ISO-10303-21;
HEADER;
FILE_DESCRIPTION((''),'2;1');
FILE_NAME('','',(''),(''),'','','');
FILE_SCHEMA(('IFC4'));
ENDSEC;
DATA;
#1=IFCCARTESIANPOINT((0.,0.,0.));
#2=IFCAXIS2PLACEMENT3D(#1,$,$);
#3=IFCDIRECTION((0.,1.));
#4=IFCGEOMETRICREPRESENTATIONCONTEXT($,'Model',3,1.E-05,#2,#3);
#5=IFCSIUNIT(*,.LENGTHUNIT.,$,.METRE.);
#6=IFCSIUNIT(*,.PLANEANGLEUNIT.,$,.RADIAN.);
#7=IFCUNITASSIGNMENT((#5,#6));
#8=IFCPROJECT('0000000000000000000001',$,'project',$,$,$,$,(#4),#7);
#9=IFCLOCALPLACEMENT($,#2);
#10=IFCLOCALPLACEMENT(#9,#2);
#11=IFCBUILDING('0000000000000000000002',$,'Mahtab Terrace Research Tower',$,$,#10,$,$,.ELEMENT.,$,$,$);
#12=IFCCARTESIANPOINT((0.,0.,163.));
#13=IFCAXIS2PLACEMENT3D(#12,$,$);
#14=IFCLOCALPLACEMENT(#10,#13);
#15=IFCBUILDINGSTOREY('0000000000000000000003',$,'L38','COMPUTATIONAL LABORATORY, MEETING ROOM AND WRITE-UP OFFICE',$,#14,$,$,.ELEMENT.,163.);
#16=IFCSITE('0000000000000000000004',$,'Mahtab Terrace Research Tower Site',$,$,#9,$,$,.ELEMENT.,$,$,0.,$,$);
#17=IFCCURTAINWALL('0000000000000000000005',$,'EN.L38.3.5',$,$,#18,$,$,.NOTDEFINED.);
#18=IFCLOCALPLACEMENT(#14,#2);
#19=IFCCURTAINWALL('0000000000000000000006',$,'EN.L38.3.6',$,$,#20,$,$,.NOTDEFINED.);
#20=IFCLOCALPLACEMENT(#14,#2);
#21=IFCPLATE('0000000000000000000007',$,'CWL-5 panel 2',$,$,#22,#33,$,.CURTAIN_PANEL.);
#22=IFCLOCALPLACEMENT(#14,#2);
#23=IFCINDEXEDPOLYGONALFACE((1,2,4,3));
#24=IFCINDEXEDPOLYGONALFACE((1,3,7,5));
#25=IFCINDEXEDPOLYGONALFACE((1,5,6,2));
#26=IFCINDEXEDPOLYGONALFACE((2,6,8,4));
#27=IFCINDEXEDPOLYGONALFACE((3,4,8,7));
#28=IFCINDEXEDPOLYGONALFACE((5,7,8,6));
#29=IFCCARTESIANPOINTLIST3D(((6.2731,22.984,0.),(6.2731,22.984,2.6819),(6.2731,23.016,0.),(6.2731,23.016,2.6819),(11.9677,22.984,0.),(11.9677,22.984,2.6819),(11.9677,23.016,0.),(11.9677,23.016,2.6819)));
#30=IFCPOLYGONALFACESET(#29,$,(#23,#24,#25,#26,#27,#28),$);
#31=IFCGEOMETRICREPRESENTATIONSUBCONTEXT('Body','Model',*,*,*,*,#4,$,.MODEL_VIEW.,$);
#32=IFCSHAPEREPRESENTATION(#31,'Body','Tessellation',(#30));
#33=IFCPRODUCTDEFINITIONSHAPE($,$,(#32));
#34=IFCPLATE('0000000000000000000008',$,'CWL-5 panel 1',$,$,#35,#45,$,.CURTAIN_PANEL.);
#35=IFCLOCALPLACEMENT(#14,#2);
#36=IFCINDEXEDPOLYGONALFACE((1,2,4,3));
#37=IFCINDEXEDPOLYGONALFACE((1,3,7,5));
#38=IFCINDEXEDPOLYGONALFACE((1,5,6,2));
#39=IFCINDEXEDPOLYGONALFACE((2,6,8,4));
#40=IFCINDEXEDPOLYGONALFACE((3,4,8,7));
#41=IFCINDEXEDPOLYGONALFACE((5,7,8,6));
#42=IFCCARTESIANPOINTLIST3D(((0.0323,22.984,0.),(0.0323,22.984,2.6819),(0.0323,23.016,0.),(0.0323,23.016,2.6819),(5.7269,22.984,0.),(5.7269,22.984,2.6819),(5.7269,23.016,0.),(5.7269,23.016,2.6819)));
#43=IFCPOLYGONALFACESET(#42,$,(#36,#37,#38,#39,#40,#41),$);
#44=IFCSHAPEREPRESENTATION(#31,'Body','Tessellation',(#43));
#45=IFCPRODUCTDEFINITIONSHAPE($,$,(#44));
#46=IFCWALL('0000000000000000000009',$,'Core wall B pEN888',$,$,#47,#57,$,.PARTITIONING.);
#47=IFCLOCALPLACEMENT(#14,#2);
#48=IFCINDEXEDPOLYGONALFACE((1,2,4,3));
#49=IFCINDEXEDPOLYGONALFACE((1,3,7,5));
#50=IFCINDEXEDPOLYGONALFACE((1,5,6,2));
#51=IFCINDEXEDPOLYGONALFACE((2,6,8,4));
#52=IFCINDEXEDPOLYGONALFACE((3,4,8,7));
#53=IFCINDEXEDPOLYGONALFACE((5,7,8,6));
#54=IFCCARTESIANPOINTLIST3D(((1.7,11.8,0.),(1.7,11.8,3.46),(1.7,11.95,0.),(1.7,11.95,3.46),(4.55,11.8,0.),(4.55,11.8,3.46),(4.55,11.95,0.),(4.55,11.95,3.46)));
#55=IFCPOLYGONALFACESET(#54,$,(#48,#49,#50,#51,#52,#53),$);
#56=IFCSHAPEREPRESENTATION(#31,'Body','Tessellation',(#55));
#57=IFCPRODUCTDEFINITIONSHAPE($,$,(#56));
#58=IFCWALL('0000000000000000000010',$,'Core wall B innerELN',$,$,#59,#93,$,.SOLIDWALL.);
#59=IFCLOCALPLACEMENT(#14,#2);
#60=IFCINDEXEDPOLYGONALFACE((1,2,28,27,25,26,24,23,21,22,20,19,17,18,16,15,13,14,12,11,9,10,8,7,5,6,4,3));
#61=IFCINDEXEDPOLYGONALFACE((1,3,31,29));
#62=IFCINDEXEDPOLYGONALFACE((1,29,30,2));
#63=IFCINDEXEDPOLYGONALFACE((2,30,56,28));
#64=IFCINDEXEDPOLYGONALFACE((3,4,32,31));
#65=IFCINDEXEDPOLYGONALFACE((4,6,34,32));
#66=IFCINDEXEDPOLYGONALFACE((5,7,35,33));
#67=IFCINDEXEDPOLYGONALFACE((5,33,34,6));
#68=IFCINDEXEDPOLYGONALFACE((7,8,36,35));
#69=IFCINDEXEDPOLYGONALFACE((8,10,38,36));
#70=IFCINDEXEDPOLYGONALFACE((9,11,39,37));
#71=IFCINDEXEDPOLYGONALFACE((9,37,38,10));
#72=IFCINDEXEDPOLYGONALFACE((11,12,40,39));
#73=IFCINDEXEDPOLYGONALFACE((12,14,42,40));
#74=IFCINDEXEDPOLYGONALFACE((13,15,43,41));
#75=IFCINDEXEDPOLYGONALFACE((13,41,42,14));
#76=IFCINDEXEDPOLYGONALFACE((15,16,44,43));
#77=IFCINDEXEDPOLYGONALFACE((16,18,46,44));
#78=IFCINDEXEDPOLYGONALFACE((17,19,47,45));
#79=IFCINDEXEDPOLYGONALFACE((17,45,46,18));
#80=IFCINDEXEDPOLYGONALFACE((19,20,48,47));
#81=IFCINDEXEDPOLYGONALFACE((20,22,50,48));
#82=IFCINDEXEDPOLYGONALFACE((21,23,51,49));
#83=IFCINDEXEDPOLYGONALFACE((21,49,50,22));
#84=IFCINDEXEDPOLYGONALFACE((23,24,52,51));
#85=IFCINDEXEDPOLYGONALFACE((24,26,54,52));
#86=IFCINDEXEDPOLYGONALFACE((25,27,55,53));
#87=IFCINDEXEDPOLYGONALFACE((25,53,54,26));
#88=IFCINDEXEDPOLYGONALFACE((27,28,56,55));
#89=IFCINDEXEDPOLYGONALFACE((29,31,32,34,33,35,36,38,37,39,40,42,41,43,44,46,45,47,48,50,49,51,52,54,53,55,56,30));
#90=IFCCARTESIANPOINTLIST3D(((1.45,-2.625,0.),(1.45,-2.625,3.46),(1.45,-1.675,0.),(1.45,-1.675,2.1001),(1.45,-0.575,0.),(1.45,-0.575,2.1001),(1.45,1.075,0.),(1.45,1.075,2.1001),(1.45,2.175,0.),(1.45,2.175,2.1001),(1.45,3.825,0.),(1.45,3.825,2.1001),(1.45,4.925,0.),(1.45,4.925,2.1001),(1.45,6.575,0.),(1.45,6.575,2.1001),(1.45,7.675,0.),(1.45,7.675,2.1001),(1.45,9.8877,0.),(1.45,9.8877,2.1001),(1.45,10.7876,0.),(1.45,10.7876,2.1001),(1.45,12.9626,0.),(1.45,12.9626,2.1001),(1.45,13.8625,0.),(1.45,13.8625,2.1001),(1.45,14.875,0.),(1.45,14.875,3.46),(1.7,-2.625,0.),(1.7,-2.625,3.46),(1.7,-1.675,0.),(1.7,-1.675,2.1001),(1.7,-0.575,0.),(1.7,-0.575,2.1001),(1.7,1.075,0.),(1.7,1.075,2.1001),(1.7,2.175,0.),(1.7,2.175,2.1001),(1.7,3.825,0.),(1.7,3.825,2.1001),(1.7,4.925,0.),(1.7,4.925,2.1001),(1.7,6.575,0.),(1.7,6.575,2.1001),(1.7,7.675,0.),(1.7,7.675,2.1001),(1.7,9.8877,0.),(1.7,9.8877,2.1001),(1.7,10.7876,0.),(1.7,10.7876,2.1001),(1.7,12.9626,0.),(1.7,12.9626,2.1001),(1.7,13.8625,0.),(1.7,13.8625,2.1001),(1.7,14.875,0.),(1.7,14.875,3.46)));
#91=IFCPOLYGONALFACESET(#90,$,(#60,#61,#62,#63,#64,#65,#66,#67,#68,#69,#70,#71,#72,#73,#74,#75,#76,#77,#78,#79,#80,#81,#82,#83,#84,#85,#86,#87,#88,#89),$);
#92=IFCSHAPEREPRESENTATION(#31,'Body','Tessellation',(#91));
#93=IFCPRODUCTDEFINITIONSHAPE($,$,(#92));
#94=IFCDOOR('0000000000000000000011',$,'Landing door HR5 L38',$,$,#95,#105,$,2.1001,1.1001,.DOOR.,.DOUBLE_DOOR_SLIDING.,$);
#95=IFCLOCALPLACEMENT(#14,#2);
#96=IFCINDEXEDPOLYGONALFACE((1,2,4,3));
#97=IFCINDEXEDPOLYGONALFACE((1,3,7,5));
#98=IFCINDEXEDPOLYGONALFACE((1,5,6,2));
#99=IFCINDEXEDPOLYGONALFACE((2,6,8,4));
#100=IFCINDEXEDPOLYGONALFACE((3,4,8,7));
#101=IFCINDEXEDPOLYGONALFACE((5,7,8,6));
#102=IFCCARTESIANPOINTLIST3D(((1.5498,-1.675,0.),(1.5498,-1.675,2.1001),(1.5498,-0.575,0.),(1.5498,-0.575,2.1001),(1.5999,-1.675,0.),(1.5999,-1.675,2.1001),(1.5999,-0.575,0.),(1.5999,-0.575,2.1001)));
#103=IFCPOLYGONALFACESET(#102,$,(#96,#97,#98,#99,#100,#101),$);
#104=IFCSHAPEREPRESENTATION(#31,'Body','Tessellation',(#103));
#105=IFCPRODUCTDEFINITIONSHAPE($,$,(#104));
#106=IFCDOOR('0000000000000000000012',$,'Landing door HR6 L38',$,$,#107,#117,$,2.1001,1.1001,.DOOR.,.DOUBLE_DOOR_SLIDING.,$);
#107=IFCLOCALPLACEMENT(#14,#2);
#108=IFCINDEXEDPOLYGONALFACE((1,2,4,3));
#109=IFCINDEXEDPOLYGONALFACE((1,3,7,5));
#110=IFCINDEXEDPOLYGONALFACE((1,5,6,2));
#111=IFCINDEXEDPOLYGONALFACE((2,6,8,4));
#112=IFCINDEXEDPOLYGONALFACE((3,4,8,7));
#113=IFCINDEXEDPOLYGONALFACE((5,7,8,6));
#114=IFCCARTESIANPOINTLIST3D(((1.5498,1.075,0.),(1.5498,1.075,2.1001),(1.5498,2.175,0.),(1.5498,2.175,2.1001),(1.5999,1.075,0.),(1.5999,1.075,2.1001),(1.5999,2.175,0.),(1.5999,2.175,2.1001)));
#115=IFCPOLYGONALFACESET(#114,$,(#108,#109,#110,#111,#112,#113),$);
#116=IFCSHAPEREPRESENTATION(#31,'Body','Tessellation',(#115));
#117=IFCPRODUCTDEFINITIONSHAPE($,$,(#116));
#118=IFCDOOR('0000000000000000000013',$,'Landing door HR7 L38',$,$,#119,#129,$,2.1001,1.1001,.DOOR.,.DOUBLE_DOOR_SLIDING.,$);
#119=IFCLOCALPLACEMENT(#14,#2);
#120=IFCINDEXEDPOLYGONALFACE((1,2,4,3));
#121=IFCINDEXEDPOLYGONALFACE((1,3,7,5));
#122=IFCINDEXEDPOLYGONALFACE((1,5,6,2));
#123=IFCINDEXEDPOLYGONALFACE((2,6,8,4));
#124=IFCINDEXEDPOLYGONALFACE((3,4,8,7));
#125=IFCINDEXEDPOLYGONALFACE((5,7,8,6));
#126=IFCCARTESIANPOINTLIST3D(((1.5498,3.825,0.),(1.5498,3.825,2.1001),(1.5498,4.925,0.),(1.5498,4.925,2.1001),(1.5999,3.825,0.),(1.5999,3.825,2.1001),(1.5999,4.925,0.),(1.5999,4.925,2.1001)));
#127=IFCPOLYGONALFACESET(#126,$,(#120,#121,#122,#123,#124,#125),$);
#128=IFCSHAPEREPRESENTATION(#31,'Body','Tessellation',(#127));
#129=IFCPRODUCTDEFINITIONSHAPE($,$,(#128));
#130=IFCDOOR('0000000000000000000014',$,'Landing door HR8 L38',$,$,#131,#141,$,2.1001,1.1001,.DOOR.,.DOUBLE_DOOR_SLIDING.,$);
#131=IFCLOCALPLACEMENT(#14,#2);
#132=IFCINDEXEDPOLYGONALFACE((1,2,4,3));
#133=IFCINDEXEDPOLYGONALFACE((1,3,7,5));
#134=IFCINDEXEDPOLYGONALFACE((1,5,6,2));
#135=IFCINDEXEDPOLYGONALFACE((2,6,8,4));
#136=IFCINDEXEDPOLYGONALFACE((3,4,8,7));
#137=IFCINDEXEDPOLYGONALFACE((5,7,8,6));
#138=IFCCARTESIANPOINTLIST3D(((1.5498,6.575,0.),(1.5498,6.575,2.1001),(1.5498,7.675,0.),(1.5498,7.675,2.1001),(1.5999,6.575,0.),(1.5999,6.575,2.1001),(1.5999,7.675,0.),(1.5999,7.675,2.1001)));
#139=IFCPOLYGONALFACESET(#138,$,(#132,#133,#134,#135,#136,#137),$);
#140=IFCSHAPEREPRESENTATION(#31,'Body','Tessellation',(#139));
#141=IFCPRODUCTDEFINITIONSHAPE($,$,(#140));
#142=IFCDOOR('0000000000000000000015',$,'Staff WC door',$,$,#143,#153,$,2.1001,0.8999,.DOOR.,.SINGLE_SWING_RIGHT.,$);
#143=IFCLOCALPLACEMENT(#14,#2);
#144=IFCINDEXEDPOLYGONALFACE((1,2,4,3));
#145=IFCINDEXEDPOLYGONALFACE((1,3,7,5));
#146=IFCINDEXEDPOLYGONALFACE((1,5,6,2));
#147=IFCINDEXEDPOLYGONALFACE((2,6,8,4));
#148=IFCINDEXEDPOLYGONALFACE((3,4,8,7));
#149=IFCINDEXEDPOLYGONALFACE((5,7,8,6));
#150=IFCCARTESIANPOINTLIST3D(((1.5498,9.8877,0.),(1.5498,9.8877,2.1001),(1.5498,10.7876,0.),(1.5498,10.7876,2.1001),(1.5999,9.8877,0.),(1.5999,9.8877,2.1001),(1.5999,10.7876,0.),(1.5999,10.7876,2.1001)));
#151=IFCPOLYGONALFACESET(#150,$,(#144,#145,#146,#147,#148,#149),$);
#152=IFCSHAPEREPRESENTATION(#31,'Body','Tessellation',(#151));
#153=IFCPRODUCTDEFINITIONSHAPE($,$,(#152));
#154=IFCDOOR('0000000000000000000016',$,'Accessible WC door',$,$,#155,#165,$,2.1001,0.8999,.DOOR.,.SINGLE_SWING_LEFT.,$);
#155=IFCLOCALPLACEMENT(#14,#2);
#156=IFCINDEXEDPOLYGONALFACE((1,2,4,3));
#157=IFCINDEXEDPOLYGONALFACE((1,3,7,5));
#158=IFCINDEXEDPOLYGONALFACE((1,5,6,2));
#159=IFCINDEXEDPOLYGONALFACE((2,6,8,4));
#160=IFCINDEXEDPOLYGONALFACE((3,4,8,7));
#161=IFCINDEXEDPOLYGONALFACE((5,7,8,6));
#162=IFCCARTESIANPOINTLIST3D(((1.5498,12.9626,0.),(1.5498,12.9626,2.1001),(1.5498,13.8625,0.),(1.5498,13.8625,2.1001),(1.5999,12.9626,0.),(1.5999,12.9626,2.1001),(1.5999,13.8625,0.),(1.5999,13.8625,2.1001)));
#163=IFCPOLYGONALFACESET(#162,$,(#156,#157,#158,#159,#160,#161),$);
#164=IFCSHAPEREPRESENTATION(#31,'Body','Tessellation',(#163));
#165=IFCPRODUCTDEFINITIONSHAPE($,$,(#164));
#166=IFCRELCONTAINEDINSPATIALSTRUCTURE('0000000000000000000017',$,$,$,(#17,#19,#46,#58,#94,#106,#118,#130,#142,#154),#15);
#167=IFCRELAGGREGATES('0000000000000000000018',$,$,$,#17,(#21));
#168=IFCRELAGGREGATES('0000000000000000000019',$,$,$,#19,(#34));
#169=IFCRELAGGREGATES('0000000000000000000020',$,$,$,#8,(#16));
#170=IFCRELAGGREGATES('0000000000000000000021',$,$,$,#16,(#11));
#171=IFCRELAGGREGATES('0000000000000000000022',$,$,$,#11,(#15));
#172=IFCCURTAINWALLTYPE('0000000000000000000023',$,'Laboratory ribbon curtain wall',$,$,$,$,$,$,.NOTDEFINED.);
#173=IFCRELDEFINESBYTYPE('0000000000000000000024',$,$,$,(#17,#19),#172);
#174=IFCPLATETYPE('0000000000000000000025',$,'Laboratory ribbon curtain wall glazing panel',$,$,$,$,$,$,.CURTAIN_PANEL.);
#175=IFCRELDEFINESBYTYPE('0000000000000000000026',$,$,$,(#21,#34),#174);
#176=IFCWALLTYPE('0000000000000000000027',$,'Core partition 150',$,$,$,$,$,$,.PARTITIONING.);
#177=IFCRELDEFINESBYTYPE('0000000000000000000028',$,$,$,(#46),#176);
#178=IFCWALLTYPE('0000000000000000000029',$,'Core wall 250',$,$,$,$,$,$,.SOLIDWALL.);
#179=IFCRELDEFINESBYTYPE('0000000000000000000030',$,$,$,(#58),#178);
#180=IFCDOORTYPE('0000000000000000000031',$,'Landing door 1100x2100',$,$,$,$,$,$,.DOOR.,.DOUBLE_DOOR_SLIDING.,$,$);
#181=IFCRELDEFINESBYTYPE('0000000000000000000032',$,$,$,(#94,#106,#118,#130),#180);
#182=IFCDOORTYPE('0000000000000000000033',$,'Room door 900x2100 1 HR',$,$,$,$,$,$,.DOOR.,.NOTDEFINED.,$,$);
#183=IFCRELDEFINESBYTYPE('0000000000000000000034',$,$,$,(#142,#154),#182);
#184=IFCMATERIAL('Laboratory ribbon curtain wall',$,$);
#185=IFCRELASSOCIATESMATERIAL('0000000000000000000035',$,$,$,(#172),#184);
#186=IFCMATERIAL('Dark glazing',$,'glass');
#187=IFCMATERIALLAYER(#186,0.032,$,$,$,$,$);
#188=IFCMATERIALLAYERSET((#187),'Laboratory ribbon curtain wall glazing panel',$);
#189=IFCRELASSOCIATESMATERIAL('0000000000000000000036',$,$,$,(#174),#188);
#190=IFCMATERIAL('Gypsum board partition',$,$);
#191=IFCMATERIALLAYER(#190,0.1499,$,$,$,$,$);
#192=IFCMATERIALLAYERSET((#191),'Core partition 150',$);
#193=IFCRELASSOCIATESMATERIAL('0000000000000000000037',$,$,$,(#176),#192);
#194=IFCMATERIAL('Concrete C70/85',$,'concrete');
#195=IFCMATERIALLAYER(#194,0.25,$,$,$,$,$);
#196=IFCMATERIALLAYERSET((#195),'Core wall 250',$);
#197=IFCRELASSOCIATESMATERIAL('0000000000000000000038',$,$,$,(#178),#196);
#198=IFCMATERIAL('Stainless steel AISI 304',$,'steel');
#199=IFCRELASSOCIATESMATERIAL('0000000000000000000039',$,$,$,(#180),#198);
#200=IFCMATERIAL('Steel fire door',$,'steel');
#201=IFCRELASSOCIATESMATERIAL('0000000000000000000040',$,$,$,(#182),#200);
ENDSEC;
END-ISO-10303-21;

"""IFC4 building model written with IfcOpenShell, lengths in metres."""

from ifc_helpers import new_model, si_unit, direction, frame, frame_2d, origin, origin_2d, place, context, subcontext, project, spatial, rectangle, extrude, material, layer, layer_set, type_object, element, fill, aggregate, save


model = new_model("IFC4")

# Units and contexts
model_context = context("Model", 3, precision=1e-05, world=origin(), true_north=direction((0.0, 1.0)))
body_context = subcontext(model_context, "Body", "Model", "MODEL_VIEW")
ifc_project = project(units=[si_unit("LENGTHUNIT", "METRE"), si_unit("PLANEANGLEUNIT", "RADIAN")], contexts=[model_context])

# Site, building, storey
site_placement = place(None, origin())
site = spatial("IfcSite", under=ifc_project, at=site_placement, Name="Mahtab Terrace Research Tower Site", CompositionType="ELEMENT", RefElevation=0.0)
building_placement = place(site_placement, origin())
building = spatial("IfcBuilding", under=site, at=building_placement, Name="Mahtab Terrace Research Tower", CompositionType="ELEMENT")
storey_placement = place(building_placement, frame((0.0, 0.0, 163.0)))
storey = spatial("IfcBuildingStorey", under=building, at=storey_placement, Name="L38", Description="COMPUTATIONAL LABORATORY, MEETING ROOM AND WRITE-UP OFFICE", CompositionType="ELEMENT", Elevation=163.0)

# Shared definitions
ifc_material_1 = material(Name="Concrete C70/85", Category="concrete")

# Curtain wall
ifc_material_2 = material(Name="Laboratory ribbon curtain wall")
curtain_wall_type = type_object("IfcCurtainWallType", Name="Laboratory ribbon curtain wall", PredefinedType="NOTDEFINED", material=ifc_material_2)
curtain_wall_1_placement = place(storey_placement, origin())
curtain_wall_1 = element("IfcCurtainWall", 1, at=curtain_wall_1_placement, inside=storey, type_object=curtain_wall_type, Name="EN.L38.3.5", PredefinedType="NOTDEFINED")

# Curtain wall
curtain_wall_2_placement = place(storey_placement, origin())
curtain_wall_2 = element("IfcCurtainWall", 2, at=curtain_wall_2_placement, inside=storey, type_object=curtain_wall_type, Name="EN.L38.3.6", PredefinedType="NOTDEFINED")

# Plates
ifc_material_3 = material(Name="Dark glazing", Category="glass")
ifc_layer_1 = layer(ifc_material_3, 0.032)
ifc_layer_set_1 = layer_set([ifc_layer_1], Name="Laboratory ribbon curtain wall glazing panel")
plate_type = type_object("IfcPlateType", Name="Laboratory ribbon curtain wall glazing panel", PredefinedType="CURTAIN_PANEL", material=ifc_layer_set_1)
plate_1_placement = place(storey_placement, frame((9.1204, 23.0, 0.0), z_axis=(0.0, 0.0, 1.0), x_axis=(-1.0, 0.0, 0.0)))
plate_1 = element("IfcPlate", 3, at=plate_1_placement, type_object=plate_type, Name="CWL-5 panel 2", PredefinedType="CURTAIN_PANEL", context=body_context, shape_type="SweptSolid", body=[
    extrude(rectangle(XDim=5.6946, YDim=0.032, at=origin_2d()), origin(), (0.0, 0.0, 1.0), 2.6819),
])
aggregate(curtain_wall_1, [plate_1])
plate_2_placement = place(storey_placement, frame((2.8796, 23.0, 0.0), z_axis=(0.0, 0.0, 1.0), x_axis=(-1.0, 0.0, 0.0)))
plate_2 = element("IfcPlate", 4, at=plate_2_placement, type_object=plate_type, Name="CWL-5 panel 1", PredefinedType="CURTAIN_PANEL", context=body_context, shape_type="SweptSolid", body=[
    extrude(rectangle(XDim=5.6946, YDim=0.032, at=origin_2d()), origin(), (0.0, 0.0, 1.0), 2.6819),
])
aggregate(curtain_wall_2, [plate_2])

# Wall
ifc_material_4 = material(Name="Gypsum board partition")
ifc_layer_2 = layer(ifc_material_4, 0.1499)
ifc_layer_set_2 = layer_set([ifc_layer_2], Name="Core partition 150")
wall_type_1 = type_object("IfcWallType", Name="Core partition 150", PredefinedType="PARTITIONING", material=ifc_layer_set_2)
wall_1_placement = place(storey_placement, frame((1.7, 11.875, 0.0), z_axis=(0.0, 0.0, 1.0), x_axis=(1.0, 0.0, 0.0)))
element("IfcWall", 5, at=wall_1_placement, inside=storey, type_object=wall_type_1, Name="Core wall B pEN888", PredefinedType="PARTITIONING", context=body_context, shape_type="SweptSolid", body=[
    extrude(rectangle(XDim=2.8501, YDim=0.1499, at=frame_2d((1.425, 0.0))), origin(), (0.0, 0.0, 1.0), 3.46),
])

# Wall, openings, doors
ifc_layer_3 = layer(ifc_material_1, 0.25)
ifc_layer_set_3 = layer_set([ifc_layer_3], Name="Core wall 250")
wall_type_2 = type_object("IfcWallType", Name="Core wall 250", PredefinedType="SOLIDWALL", material=ifc_layer_set_3)
wall_2_placement = place(storey_placement, frame((1.575, 14.875, 0.0), z_axis=(0.0, 0.0, 1.0), x_axis=(0.0, -1.0, 0.0)))
wall_2 = element("IfcWall", 6, at=wall_2_placement, inside=storey, type_object=wall_type_2, Name="Core wall B innerELN", PredefinedType="SOLIDWALL", context=body_context, shape_type="SweptSolid", body=[
    extrude(rectangle(XDim=17.5, YDim=0.25, at=frame_2d((8.75, 0.0))), origin(), (0.0, 0.0, 1.0), 3.46),
])
opening_1_placement = place(wall_2_placement, frame((15.45, 0.0, 0.0)))
opening_1 = element("IfcOpeningElement", 7, at=opening_1_placement, cuts=wall_2, PredefinedType="OPENING", context=body_context, shape_type="SweptSolid", body=[
    extrude(rectangle(XDim=1.1001, YDim=2.1001, at=frame_2d((0.55, 1.05))), frame((0.0, 0.135, 0.0), z_axis=(0.0, -1.0, 0.0), x_axis=(1.0, 0.0, 0.0)), (0.0, 0.0, 1.0), 0.27),
])
opening_2_placement = place(wall_2_placement, frame((12.7, 0.0, 0.0)))
opening_2 = element("IfcOpeningElement", 8, at=opening_2_placement, cuts=wall_2, PredefinedType="OPENING", context=body_context, shape_type="SweptSolid", body=[
    extrude(rectangle(XDim=1.1001, YDim=2.1001, at=frame_2d((0.55, 1.05))), frame((0.0, 0.135, 0.0), z_axis=(0.0, -1.0, 0.0), x_axis=(1.0, 0.0, 0.0)), (0.0, 0.0, 1.0), 0.27),
])
opening_3_placement = place(wall_2_placement, frame((9.95, 0.0, 0.0)))
opening_3 = element("IfcOpeningElement", 9, at=opening_3_placement, cuts=wall_2, PredefinedType="OPENING", context=body_context, shape_type="SweptSolid", body=[
    extrude(rectangle(XDim=1.1001, YDim=2.1001, at=frame_2d((0.55, 1.05))), frame((0.0, 0.135, 0.0), z_axis=(0.0, -1.0, 0.0), x_axis=(1.0, 0.0, 0.0)), (0.0, 0.0, 1.0), 0.27),
])
opening_4_placement = place(wall_2_placement, frame((7.2, 0.0, 0.0)))
opening_4 = element("IfcOpeningElement", 10, at=opening_4_placement, cuts=wall_2, PredefinedType="OPENING", context=body_context, shape_type="SweptSolid", body=[
    extrude(rectangle(XDim=1.1001, YDim=2.1001, at=frame_2d((0.55, 1.05))), frame((0.0, 0.135, 0.0), z_axis=(0.0, -1.0, 0.0), x_axis=(1.0, 0.0, 0.0)), (0.0, 0.0, 1.0), 0.27),
])
opening_5_placement = place(wall_2_placement, frame((4.0874, 0.0, 0.0)))
opening_5 = element("IfcOpeningElement", 11, at=opening_5_placement, cuts=wall_2, PredefinedType="OPENING", context=body_context, shape_type="SweptSolid", body=[
    extrude(rectangle(XDim=0.8999, YDim=2.1001, at=frame_2d((0.45, 1.05))), frame((0.0, 0.135, 0.0), z_axis=(0.0, -1.0, 0.0), x_axis=(1.0, 0.0, 0.0)), (0.0, 0.0, 1.0), 0.27),
])
opening_6_placement = place(wall_2_placement, frame((1.0125, 0.0, 0.0)))
opening_6 = element("IfcOpeningElement", 12, at=opening_6_placement, cuts=wall_2, PredefinedType="OPENING", context=body_context, shape_type="SweptSolid", body=[
    extrude(rectangle(XDim=0.8999, YDim=2.1001, at=frame_2d((0.45, 1.05))), frame((0.0, 0.135, 0.0), z_axis=(0.0, -1.0, 0.0), x_axis=(1.0, 0.0, 0.0)), (0.0, 0.0, 1.0), 0.27),
])
ifc_material_5 = material(Name="Stainless steel AISI 304", Category="steel")
door_type_1 = type_object("IfcDoorType", Name="Landing door 1100x2100", OperationType="DOUBLE_DOOR_SLIDING", PredefinedType="DOOR", material=ifc_material_5)
door_1_placement = place(opening_1_placement, origin())
door_1 = element("IfcDoor", 13, at=door_1_placement, inside=storey, type_object=door_type_1, Name="Landing door HR5 L38", OperationType="DOUBLE_DOOR_SLIDING", OverallHeight=2.1001, OverallWidth=1.1001, PredefinedType="DOOR", context=body_context, shape_type="SweptSolid", body=[
    extrude(rectangle(XDim=1.1001, YDim=2.1001, at=frame_2d((0.55, 1.05))), frame((0.0, 0.0249, 0.0), z_axis=(0.0, -1.0, 0.0), x_axis=(1.0, 0.0, 0.0)), (0.0, 0.0, 1.0), 0.05),
])
fill(opening_1, door_1)
door_2_placement = place(opening_2_placement, origin())
door_2 = element("IfcDoor", 14, at=door_2_placement, inside=storey, type_object=door_type_1, Name="Landing door HR6 L38", OperationType="DOUBLE_DOOR_SLIDING", OverallHeight=2.1001, OverallWidth=1.1001, PredefinedType="DOOR", context=body_context, shape_type="SweptSolid", body=[
    extrude(rectangle(XDim=1.1001, YDim=2.1001, at=frame_2d((0.55, 1.05))), frame((0.0, 0.0249, 0.0), z_axis=(0.0, -1.0, 0.0), x_axis=(1.0, 0.0, 0.0)), (0.0, 0.0, 1.0), 0.05),
])
fill(opening_2, door_2)
door_3_placement = place(opening_3_placement, origin())
door_3 = element("IfcDoor", 15, at=door_3_placement, inside=storey, type_object=door_type_1, Name="Landing door HR7 L38", OperationType="DOUBLE_DOOR_SLIDING", OverallHeight=2.1001, OverallWidth=1.1001, PredefinedType="DOOR", context=body_context, shape_type="SweptSolid", body=[
    extrude(rectangle(XDim=1.1001, YDim=2.1001, at=frame_2d((0.55, 1.05))), frame((0.0, 0.0249, 0.0), z_axis=(0.0, -1.0, 0.0), x_axis=(1.0, 0.0, 0.0)), (0.0, 0.0, 1.0), 0.05),
])
fill(opening_3, door_3)
door_4_placement = place(opening_4_placement, origin())
door_4 = element("IfcDoor", 16, at=door_4_placement, inside=storey, type_object=door_type_1, Name="Landing door HR8 L38", OperationType="DOUBLE_DOOR_SLIDING", OverallHeight=2.1001, OverallWidth=1.1001, PredefinedType="DOOR", context=body_context, shape_type="SweptSolid", body=[
    extrude(rectangle(XDim=1.1001, YDim=2.1001, at=frame_2d((0.55, 1.05))), frame((0.0, 0.0249, 0.0), z_axis=(0.0, -1.0, 0.0), x_axis=(1.0, 0.0, 0.0)), (0.0, 0.0, 1.0), 0.05),
])
fill(opening_4, door_4)
ifc_material_6 = material(Name="Steel fire door", Category="steel")
door_type_2 = type_object("IfcDoorType", Name="Room door 900x2100 1 HR", OperationType="NOTDEFINED", PredefinedType="DOOR", material=ifc_material_6)
door_5_placement = place(opening_5_placement, origin())
door_5 = element("IfcDoor", 17, at=door_5_placement, inside=storey, type_object=door_type_2, Name="Staff WC door", OperationType="SINGLE_SWING_RIGHT", OverallHeight=2.1001, OverallWidth=0.8999, PredefinedType="DOOR", context=body_context, shape_type="SweptSolid", body=[
    extrude(rectangle(XDim=0.8999, YDim=2.1001, at=frame_2d((0.45, 1.05))), frame((0.0, 0.0249, 0.0), z_axis=(0.0, -1.0, 0.0), x_axis=(1.0, 0.0, 0.0)), (0.0, 0.0, 1.0), 0.05),
])
fill(opening_5, door_5)
door_6_placement = place(opening_6_placement, origin())
door_6 = element("IfcDoor", 18, at=door_6_placement, inside=storey, type_object=door_type_2, Name="Accessible WC door", OperationType="SINGLE_SWING_LEFT", OverallHeight=2.1001, OverallWidth=0.8999, PredefinedType="DOOR", context=body_context, shape_type="SweptSolid", body=[
    extrude(rectangle(XDim=0.8999, YDim=2.1001, at=frame_2d((0.45, 1.05))), frame((0.0, 0.0249, 0.0), z_axis=(0.0, -1.0, 0.0), x_axis=(1.0, 0.0, 0.0)), (0.0, 0.0, 1.0), 0.05),
])
fill(opening_6, door_6)

save(model, "model.ifc")
